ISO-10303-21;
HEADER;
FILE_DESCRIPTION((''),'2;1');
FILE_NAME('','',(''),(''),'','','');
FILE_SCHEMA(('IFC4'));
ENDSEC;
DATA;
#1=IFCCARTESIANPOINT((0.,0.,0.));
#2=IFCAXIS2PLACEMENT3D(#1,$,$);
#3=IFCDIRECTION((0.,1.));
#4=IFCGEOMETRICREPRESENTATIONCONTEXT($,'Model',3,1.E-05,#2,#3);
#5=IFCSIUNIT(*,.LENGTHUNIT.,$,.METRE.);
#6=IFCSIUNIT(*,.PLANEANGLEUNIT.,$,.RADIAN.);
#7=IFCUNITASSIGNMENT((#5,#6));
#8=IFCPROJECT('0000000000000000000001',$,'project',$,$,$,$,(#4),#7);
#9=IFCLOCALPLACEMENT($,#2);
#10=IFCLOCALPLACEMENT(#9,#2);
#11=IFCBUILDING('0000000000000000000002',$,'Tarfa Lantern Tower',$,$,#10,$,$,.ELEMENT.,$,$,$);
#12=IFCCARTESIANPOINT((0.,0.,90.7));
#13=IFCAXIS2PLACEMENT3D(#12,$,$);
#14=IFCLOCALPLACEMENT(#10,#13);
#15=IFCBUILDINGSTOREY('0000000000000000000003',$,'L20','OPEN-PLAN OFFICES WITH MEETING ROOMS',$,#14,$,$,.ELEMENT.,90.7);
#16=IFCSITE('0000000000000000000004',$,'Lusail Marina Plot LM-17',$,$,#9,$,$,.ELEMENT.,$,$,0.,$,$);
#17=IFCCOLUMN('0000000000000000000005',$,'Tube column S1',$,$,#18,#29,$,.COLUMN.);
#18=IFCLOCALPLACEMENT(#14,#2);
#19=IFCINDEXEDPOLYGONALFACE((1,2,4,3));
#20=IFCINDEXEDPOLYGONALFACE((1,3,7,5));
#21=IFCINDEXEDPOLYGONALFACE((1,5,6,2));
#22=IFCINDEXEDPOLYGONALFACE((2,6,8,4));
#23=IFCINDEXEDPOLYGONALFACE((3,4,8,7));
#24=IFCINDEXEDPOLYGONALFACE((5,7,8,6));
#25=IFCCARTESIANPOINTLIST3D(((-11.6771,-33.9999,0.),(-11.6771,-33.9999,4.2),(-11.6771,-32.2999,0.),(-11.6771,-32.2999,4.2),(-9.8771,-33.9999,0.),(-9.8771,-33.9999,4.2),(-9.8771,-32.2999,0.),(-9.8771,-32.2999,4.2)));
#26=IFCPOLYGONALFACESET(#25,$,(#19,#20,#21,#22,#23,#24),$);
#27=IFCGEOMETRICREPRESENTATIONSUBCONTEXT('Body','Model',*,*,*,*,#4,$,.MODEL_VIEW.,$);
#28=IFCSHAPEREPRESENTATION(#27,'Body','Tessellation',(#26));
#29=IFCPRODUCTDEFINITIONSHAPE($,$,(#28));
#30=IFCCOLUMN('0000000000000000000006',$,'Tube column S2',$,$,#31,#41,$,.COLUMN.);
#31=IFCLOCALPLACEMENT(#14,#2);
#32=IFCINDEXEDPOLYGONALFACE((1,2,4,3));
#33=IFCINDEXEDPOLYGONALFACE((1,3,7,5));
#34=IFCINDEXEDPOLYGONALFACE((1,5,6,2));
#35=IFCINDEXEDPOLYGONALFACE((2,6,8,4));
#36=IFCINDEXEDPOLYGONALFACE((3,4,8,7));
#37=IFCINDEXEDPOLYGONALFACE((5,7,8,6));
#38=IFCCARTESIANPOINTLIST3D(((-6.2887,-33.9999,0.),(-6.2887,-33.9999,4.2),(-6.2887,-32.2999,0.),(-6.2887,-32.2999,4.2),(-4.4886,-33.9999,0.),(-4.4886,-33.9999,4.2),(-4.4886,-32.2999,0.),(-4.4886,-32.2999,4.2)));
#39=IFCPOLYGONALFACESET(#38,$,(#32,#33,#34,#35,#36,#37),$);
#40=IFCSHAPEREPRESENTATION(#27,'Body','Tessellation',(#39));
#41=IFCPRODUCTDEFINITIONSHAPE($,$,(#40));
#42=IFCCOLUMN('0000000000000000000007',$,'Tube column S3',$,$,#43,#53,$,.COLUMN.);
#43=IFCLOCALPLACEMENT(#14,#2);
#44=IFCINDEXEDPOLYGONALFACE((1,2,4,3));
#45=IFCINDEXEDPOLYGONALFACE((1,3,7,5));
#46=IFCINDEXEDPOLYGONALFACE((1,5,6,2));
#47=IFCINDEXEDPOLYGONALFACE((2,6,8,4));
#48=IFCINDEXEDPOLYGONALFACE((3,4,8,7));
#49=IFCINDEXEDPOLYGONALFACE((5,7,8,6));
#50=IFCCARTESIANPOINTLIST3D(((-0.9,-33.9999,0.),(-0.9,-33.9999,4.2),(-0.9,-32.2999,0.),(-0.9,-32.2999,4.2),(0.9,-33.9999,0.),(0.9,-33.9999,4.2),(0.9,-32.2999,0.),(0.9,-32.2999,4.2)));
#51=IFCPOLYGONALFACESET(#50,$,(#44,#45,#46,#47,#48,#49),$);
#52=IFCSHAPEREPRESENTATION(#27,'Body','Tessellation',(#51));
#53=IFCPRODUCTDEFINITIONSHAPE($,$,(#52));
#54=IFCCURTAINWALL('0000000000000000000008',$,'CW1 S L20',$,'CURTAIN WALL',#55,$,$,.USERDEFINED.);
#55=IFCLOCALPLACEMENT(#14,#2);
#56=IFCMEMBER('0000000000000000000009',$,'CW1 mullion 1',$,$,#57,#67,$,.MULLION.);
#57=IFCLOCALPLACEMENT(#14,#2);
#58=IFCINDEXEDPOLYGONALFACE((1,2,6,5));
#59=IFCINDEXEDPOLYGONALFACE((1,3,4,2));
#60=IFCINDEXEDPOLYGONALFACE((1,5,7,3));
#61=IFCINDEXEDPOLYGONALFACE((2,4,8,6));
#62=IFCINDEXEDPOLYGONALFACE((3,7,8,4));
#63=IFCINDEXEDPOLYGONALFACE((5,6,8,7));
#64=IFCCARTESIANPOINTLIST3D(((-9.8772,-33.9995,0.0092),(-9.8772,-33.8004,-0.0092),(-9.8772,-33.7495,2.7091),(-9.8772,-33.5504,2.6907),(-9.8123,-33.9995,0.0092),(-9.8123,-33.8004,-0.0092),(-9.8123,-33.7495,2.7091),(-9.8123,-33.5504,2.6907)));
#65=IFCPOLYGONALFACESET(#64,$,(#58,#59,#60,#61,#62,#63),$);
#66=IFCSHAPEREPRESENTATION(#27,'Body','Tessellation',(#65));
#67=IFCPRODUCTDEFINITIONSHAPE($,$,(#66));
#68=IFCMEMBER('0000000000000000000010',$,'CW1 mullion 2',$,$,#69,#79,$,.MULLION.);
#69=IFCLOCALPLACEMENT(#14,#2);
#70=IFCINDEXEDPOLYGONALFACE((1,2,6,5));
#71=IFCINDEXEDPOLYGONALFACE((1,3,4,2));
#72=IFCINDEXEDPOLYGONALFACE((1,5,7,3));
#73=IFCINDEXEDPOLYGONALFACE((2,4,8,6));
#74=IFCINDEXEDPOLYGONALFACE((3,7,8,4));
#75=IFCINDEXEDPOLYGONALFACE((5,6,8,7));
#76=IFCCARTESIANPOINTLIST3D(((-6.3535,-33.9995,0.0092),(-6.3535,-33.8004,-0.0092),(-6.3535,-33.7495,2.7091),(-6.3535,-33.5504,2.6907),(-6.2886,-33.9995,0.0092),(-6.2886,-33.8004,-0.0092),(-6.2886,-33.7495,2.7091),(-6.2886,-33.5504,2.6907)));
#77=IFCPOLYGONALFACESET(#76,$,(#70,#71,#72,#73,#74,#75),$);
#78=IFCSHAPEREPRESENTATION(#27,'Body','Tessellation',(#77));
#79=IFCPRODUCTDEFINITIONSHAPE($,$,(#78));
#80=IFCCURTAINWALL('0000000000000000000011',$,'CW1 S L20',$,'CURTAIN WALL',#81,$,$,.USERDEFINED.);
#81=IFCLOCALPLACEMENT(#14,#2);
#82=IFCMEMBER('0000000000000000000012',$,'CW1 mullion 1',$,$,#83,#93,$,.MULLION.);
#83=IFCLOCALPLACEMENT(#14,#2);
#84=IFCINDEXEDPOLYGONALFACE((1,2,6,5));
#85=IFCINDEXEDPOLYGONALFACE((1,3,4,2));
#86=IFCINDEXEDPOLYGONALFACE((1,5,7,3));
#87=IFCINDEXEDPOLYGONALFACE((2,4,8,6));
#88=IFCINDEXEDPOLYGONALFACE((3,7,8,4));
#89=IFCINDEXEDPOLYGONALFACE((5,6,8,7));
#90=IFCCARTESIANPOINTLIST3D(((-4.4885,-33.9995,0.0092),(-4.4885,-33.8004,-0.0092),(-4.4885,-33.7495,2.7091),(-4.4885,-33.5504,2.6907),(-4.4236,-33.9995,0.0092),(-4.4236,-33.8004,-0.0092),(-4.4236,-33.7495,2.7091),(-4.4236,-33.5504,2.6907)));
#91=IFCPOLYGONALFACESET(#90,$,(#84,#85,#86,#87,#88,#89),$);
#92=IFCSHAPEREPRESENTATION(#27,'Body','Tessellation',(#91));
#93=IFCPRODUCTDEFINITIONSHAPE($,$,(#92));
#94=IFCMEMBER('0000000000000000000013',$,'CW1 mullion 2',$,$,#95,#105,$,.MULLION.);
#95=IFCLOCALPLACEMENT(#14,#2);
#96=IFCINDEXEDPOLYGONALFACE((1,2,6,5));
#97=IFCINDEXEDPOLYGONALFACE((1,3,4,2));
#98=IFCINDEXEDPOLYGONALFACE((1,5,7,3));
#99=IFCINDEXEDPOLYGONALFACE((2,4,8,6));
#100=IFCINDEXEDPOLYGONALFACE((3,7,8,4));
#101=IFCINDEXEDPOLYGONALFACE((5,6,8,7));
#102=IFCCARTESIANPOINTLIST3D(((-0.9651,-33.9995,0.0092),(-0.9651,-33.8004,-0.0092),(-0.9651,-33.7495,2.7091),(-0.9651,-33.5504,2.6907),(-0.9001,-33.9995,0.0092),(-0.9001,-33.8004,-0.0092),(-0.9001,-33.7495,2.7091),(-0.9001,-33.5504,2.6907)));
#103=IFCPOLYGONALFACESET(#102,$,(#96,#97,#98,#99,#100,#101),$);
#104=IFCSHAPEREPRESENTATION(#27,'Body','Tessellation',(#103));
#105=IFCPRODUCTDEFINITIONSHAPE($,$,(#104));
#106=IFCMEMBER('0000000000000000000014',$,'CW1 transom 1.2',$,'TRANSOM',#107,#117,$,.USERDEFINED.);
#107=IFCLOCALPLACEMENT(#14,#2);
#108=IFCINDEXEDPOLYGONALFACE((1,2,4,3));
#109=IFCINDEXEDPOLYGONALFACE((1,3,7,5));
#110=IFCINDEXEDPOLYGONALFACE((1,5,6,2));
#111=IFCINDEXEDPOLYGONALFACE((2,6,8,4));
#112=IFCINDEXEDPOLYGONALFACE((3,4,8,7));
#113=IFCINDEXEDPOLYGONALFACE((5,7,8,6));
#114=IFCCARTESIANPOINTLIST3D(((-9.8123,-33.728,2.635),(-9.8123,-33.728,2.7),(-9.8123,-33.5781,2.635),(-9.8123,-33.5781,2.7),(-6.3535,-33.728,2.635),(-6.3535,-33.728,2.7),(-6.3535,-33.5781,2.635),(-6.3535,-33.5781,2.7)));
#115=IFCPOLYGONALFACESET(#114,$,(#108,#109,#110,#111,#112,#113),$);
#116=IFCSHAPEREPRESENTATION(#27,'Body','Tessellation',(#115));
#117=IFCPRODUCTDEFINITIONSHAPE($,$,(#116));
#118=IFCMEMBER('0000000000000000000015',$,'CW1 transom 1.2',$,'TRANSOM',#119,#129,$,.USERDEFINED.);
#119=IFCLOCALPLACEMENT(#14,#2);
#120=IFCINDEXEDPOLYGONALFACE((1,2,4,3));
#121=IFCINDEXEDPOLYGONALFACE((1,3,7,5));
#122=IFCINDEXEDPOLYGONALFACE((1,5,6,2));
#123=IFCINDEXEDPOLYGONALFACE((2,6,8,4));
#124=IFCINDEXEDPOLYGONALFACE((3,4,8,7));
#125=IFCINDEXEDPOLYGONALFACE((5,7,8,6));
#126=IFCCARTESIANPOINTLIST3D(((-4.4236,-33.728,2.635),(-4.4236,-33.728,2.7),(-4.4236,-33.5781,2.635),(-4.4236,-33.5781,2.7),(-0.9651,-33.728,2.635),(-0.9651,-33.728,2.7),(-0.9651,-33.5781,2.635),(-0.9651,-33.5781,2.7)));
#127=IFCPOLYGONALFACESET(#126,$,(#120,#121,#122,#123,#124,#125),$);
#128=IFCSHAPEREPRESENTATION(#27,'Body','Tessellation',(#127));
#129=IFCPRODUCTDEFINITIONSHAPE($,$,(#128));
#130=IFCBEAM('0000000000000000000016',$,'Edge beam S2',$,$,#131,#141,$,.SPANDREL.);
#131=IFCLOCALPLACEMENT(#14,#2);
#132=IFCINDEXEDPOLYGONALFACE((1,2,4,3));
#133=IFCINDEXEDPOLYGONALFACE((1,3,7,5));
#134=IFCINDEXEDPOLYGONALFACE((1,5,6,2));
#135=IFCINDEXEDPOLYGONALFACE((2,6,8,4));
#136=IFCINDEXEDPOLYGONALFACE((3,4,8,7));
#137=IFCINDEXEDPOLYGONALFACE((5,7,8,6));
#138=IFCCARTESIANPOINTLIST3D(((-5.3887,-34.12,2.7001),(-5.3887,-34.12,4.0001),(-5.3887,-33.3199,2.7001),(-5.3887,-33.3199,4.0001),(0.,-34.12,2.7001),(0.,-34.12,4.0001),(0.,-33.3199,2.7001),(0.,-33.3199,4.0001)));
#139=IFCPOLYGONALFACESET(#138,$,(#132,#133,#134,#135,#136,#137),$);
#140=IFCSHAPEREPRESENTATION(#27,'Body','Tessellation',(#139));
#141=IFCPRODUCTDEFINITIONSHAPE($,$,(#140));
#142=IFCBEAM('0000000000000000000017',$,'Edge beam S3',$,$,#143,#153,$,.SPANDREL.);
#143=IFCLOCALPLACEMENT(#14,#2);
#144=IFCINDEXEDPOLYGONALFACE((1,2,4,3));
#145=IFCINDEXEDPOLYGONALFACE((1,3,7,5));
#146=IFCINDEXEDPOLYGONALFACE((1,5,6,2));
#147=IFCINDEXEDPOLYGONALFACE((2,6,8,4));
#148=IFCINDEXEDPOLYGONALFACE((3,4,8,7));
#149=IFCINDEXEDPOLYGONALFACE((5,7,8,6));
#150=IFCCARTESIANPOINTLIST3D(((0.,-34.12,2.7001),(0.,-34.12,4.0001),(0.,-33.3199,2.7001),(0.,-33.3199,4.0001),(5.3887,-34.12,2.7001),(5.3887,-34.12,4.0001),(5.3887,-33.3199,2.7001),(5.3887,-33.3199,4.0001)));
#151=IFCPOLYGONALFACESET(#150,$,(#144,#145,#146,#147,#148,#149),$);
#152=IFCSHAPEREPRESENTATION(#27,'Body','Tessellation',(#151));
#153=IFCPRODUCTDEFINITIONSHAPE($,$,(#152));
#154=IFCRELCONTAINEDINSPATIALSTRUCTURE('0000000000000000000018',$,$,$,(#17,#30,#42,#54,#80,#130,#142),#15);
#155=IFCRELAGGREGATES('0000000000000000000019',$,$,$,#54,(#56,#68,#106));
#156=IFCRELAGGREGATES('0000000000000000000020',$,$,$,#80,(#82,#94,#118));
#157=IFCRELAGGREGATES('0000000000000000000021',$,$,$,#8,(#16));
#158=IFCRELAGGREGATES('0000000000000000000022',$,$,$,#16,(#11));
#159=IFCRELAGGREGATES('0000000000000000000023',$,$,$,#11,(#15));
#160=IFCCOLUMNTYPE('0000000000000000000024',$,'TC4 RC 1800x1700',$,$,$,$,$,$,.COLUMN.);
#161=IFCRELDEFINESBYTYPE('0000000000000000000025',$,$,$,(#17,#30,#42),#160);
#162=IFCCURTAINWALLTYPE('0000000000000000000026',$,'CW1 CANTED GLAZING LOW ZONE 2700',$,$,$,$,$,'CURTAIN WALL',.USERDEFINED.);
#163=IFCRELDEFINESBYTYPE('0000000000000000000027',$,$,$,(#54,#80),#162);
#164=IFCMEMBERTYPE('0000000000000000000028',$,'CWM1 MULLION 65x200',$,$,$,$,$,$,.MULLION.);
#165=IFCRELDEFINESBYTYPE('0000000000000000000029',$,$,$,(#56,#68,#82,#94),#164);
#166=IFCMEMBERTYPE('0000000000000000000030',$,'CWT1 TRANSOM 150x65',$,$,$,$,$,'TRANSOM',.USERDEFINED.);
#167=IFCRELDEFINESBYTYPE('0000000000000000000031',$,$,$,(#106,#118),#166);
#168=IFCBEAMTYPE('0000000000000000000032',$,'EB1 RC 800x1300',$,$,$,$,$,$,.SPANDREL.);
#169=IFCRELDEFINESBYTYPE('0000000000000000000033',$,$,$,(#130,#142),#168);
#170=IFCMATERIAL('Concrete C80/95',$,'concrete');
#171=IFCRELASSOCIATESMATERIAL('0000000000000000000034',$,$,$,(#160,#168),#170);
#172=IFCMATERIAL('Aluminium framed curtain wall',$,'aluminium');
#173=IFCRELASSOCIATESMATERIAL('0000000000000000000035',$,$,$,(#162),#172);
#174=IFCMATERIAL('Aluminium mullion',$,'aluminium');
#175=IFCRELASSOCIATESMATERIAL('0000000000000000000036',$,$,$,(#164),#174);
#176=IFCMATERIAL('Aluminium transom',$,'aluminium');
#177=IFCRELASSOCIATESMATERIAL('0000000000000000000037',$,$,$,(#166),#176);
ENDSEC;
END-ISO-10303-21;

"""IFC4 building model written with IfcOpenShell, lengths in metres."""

from ifc_helpers import new_model, si_unit, direction, frame, origin, origin_2d, place, context, subcontext, project, spatial, rectangle, extrude, material, material_profile, profile_set, type_object, element, aggregate, save


model = new_model("IFC4")

# Units and contexts
model_context = context("Model", 3, precision=1e-05, world=origin(), true_north=direction((0.0, 1.0)))
body_context = subcontext(model_context, "Body", "Model", "MODEL_VIEW")
ifc_project = project(units=[si_unit("LENGTHUNIT", "METRE"), si_unit("PLANEANGLEUNIT", "RADIAN")], contexts=[model_context])

# Site, building, storey
site_placement = place(None, origin())
site = spatial("IfcSite", under=ifc_project, at=site_placement, Name="Lusail Marina Plot LM-17", CompositionType="ELEMENT", RefElevation=0.0)
building_placement = place(site_placement, origin())
building = spatial("IfcBuilding", under=site, at=building_placement, Name="Tarfa Lantern Tower", CompositionType="ELEMENT")
storey_placement = place(building_placement, frame((0.0, 0.0, 90.7)))
storey = spatial("IfcBuildingStorey", under=building, at=storey_placement, Name="L20", Description="OPEN-PLAN OFFICES WITH MEETING ROOMS", CompositionType="ELEMENT", Elevation=90.7)

# Columns
ifc_material_1 = material(Name="Concrete C80/95", Category="concrete")
ifc_material_profile_1 = material_profile(ifc_material_1, rectangle(XDim=1.8, YDim=1.7, at=origin_2d()), Name="RC 1800x1700")
ifc_profile_set_1 = profile_set([ifc_material_profile_1], Name="Concrete C80/95")
column_type = type_object("IfcColumnType", Name="TC4 RC 1800x1700", PredefinedType="COLUMN", material=ifc_profile_set_1)
for number, where, z_axis, x_axis, name in (
    (1, (-10.7771, -33.1499, 0.0), (0.0, 0.0, 1.0), (1.0, 0.0, 0.0), "Tube column S1"),
    (2, (-5.3887, -33.1499, 0.0), (0.0, 0.0, 1.0), (1.0, 0.0, 0.0), "Tube column S2"),
    (3, (0.0, -33.1499, 0.0), (0.0, 0.0, 1.0), (1.0, 0.0, 0.0), "Tube column S3"),
):
    element("IfcColumn", number, at=place(storey_placement, frame(where, z_axis=z_axis, x_axis=x_axis)), inside=storey, type_object=column_type, Name=name, PredefinedType="COLUMN", context=body_context, shape_type="SweptSolid", body=[
        extrude(rectangle(XDim=1.8, YDim=1.7, at=origin_2d()), origin(), (0.0, 0.0, 1.0), 4.2),
    ])

# Curtain walls, members
ifc_material_2 = material(Name="Aluminium framed curtain wall", Category="aluminium")
curtain_wall_type = type_object("IfcCurtainWallType", Name="CW1 CANTED GLAZING LOW ZONE 2700", ElementType="CURTAIN WALL", PredefinedType="USERDEFINED", material=ifc_material_2)
curtain_wall_1_placement = place(storey_placement, origin())
curtain_wall_1 = element("IfcCurtainWall", 4, at=curtain_wall_1_placement, inside=storey, type_object=curtain_wall_type, Name="CW1 S L20", ObjectType="CURTAIN WALL", PredefinedType="USERDEFINED")
ifc_material_3 = material(Name="Aluminium mullion", Category="aluminium")
ifc_material_profile_2 = material_profile(ifc_material_3, rectangle(XDim=0.0649, YDim=0.2, at=origin_2d()), Name="AL MULLION 65x200")
ifc_profile_set_2 = profile_set([ifc_material_profile_2], Name="Aluminium mullion")
member_type_1 = type_object("IfcMemberType", Name="CWM1 MULLION 65x200", PredefinedType="MULLION", material=ifc_profile_set_2)
member_1_placement = place(storey_placement, frame((-9.8447, -33.8999, 0.0), z_axis=(0.0, 0.0922, 0.995741), x_axis=(-1.0, 0.0, 0.0)))
member_1 = element("IfcMember", 5, at=member_1_placement, type_object=member_type_1, Name="CW1 mullion 1", PredefinedType="MULLION", context=body_context, shape_type="SweptSolid", body=[
    extrude(rectangle(XDim=0.0649, YDim=0.2, at=origin_2d()), origin(), (0.0, 0.0, 1.0), 2.7114),
])
member_2_placement = place(storey_placement, frame((-6.321, -33.8999, 0.0), z_axis=(0.0, 0.0922, 0.995741), x_axis=(-1.0, 0.0, 0.0)))
member_2 = element("IfcMember", 6, at=member_2_placement, type_object=member_type_1, Name="CW1 mullion 2", PredefinedType="MULLION", context=body_context, shape_type="SweptSolid", body=[
    extrude(rectangle(XDim=0.0649, YDim=0.2, at=origin_2d()), origin(), (0.0, 0.0, 1.0), 2.7114),
])
curtain_wall_2_placement = place(storey_placement, origin())
curtain_wall_2 = element("IfcCurtainWall", 7, at=curtain_wall_2_placement, inside=storey, type_object=curtain_wall_type, Name="CW1 S L20", ObjectType="CURTAIN WALL", PredefinedType="USERDEFINED")
member_3_placement = place(storey_placement, frame((-4.4561, -33.8999, 0.0), z_axis=(0.0, 0.0922, 0.995741), x_axis=(-1.0, 0.0, 0.0)))
member_3 = element("IfcMember", 8, at=member_3_placement, type_object=member_type_1, Name="CW1 mullion 1", PredefinedType="MULLION", context=body_context, shape_type="SweptSolid", body=[
    extrude(rectangle(XDim=0.0649, YDim=0.2, at=origin_2d()), origin(), (0.0, 0.0, 1.0), 2.7114),
])
member_4_placement = place(storey_placement, frame((-0.9326, -33.8999, 0.0), z_axis=(0.0, 0.0922, 0.995741), x_axis=(-1.0, 0.0, 0.0)))
member_4 = element("IfcMember", 9, at=member_4_placement, type_object=member_type_1, Name="CW1 mullion 2", PredefinedType="MULLION", context=body_context, shape_type="SweptSolid", body=[
    extrude(rectangle(XDim=0.0649, YDim=0.2, at=origin_2d()), origin(), (0.0, 0.0, 1.0), 2.7114),
])

# Members
ifc_material_4 = material(Name="Aluminium transom", Category="aluminium")
ifc_material_profile_3 = material_profile(ifc_material_4, rectangle(XDim=0.1499, YDim=0.0649, at=origin_2d()), Name="AL TRANSOM 150x65")
ifc_profile_set_3 = profile_set([ifc_material_profile_3], Name="Aluminium transom")
member_type_2 = type_object("IfcMemberType", Name="CWT1 TRANSOM 150x65", ElementType="TRANSOM", PredefinedType="USERDEFINED", material=ifc_profile_set_3)
member_5_placement = place(storey_placement, frame((-9.8123, -33.6531, 2.6675), z_axis=(1.0, 0.0, 0.0), x_axis=(0.0, 1.0, 0.0)))
member_5 = element("IfcMember", 10, at=member_5_placement, type_object=member_type_2, Name="CW1 transom 1.2", ObjectType="TRANSOM", PredefinedType="USERDEFINED", context=body_context, shape_type="SweptSolid", body=[
    extrude(rectangle(XDim=0.1499, YDim=0.0649, at=origin_2d()), origin(), (0.0, 0.0, 1.0), 3.4587),
])
member_6_placement = place(storey_placement, frame((-4.4236, -33.6531, 2.6675), z_axis=(1.0, 0.0, 0.0), x_axis=(0.0, 1.0, 0.0)))
member_6 = element("IfcMember", 11, at=member_6_placement, type_object=member_type_2, Name="CW1 transom 1.2", ObjectType="TRANSOM", PredefinedType="USERDEFINED", context=body_context, shape_type="SweptSolid", body=[
    extrude(rectangle(XDim=0.1499, YDim=0.0649, at=origin_2d()), origin(), (0.0, 0.0, 1.0), 3.4585),
])

# Beams
ifc_material_profile_4 = material_profile(ifc_material_1, rectangle(XDim=0.8, YDim=1.3, at=origin_2d()), Name="RC 800x1300")
ifc_profile_set_4 = profile_set([ifc_material_profile_4], Name="Concrete C80/95")
beam_type_1 = type_object("IfcBeamType", Name="EB1 RC 800x1300", PredefinedType="SPANDREL", material=ifc_profile_set_4)
for number, where, z_axis, x_axis, name in (
    (12, (-5.3887, -33.72, 3.3501), (1.0, 0.0, 0.0), (0.0, 1.0, 0.0), "Edge beam S2"),
    (13, (0.0, -33.72, 3.3501), (1.0, 0.0, 0.0), (0.0, 1.0, 0.0), "Edge beam S3"),
):
    element("IfcBeam", number, at=place(storey_placement, frame(where, z_axis=z_axis, x_axis=x_axis)), inside=storey, type_object=beam_type_1, Name=name, PredefinedType="SPANDREL", context=body_context, shape_type="SweptSolid", body=[
        extrude(rectangle(XDim=0.8, YDim=1.3, at=origin_2d()), origin(), (0.0, 0.0, 1.0), 5.3887),
    ])

aggregate(curtain_wall_1, [member_1, member_2, member_5])
aggregate(curtain_wall_2, [member_3, member_4, member_6])

save(model, "model.ifc")
